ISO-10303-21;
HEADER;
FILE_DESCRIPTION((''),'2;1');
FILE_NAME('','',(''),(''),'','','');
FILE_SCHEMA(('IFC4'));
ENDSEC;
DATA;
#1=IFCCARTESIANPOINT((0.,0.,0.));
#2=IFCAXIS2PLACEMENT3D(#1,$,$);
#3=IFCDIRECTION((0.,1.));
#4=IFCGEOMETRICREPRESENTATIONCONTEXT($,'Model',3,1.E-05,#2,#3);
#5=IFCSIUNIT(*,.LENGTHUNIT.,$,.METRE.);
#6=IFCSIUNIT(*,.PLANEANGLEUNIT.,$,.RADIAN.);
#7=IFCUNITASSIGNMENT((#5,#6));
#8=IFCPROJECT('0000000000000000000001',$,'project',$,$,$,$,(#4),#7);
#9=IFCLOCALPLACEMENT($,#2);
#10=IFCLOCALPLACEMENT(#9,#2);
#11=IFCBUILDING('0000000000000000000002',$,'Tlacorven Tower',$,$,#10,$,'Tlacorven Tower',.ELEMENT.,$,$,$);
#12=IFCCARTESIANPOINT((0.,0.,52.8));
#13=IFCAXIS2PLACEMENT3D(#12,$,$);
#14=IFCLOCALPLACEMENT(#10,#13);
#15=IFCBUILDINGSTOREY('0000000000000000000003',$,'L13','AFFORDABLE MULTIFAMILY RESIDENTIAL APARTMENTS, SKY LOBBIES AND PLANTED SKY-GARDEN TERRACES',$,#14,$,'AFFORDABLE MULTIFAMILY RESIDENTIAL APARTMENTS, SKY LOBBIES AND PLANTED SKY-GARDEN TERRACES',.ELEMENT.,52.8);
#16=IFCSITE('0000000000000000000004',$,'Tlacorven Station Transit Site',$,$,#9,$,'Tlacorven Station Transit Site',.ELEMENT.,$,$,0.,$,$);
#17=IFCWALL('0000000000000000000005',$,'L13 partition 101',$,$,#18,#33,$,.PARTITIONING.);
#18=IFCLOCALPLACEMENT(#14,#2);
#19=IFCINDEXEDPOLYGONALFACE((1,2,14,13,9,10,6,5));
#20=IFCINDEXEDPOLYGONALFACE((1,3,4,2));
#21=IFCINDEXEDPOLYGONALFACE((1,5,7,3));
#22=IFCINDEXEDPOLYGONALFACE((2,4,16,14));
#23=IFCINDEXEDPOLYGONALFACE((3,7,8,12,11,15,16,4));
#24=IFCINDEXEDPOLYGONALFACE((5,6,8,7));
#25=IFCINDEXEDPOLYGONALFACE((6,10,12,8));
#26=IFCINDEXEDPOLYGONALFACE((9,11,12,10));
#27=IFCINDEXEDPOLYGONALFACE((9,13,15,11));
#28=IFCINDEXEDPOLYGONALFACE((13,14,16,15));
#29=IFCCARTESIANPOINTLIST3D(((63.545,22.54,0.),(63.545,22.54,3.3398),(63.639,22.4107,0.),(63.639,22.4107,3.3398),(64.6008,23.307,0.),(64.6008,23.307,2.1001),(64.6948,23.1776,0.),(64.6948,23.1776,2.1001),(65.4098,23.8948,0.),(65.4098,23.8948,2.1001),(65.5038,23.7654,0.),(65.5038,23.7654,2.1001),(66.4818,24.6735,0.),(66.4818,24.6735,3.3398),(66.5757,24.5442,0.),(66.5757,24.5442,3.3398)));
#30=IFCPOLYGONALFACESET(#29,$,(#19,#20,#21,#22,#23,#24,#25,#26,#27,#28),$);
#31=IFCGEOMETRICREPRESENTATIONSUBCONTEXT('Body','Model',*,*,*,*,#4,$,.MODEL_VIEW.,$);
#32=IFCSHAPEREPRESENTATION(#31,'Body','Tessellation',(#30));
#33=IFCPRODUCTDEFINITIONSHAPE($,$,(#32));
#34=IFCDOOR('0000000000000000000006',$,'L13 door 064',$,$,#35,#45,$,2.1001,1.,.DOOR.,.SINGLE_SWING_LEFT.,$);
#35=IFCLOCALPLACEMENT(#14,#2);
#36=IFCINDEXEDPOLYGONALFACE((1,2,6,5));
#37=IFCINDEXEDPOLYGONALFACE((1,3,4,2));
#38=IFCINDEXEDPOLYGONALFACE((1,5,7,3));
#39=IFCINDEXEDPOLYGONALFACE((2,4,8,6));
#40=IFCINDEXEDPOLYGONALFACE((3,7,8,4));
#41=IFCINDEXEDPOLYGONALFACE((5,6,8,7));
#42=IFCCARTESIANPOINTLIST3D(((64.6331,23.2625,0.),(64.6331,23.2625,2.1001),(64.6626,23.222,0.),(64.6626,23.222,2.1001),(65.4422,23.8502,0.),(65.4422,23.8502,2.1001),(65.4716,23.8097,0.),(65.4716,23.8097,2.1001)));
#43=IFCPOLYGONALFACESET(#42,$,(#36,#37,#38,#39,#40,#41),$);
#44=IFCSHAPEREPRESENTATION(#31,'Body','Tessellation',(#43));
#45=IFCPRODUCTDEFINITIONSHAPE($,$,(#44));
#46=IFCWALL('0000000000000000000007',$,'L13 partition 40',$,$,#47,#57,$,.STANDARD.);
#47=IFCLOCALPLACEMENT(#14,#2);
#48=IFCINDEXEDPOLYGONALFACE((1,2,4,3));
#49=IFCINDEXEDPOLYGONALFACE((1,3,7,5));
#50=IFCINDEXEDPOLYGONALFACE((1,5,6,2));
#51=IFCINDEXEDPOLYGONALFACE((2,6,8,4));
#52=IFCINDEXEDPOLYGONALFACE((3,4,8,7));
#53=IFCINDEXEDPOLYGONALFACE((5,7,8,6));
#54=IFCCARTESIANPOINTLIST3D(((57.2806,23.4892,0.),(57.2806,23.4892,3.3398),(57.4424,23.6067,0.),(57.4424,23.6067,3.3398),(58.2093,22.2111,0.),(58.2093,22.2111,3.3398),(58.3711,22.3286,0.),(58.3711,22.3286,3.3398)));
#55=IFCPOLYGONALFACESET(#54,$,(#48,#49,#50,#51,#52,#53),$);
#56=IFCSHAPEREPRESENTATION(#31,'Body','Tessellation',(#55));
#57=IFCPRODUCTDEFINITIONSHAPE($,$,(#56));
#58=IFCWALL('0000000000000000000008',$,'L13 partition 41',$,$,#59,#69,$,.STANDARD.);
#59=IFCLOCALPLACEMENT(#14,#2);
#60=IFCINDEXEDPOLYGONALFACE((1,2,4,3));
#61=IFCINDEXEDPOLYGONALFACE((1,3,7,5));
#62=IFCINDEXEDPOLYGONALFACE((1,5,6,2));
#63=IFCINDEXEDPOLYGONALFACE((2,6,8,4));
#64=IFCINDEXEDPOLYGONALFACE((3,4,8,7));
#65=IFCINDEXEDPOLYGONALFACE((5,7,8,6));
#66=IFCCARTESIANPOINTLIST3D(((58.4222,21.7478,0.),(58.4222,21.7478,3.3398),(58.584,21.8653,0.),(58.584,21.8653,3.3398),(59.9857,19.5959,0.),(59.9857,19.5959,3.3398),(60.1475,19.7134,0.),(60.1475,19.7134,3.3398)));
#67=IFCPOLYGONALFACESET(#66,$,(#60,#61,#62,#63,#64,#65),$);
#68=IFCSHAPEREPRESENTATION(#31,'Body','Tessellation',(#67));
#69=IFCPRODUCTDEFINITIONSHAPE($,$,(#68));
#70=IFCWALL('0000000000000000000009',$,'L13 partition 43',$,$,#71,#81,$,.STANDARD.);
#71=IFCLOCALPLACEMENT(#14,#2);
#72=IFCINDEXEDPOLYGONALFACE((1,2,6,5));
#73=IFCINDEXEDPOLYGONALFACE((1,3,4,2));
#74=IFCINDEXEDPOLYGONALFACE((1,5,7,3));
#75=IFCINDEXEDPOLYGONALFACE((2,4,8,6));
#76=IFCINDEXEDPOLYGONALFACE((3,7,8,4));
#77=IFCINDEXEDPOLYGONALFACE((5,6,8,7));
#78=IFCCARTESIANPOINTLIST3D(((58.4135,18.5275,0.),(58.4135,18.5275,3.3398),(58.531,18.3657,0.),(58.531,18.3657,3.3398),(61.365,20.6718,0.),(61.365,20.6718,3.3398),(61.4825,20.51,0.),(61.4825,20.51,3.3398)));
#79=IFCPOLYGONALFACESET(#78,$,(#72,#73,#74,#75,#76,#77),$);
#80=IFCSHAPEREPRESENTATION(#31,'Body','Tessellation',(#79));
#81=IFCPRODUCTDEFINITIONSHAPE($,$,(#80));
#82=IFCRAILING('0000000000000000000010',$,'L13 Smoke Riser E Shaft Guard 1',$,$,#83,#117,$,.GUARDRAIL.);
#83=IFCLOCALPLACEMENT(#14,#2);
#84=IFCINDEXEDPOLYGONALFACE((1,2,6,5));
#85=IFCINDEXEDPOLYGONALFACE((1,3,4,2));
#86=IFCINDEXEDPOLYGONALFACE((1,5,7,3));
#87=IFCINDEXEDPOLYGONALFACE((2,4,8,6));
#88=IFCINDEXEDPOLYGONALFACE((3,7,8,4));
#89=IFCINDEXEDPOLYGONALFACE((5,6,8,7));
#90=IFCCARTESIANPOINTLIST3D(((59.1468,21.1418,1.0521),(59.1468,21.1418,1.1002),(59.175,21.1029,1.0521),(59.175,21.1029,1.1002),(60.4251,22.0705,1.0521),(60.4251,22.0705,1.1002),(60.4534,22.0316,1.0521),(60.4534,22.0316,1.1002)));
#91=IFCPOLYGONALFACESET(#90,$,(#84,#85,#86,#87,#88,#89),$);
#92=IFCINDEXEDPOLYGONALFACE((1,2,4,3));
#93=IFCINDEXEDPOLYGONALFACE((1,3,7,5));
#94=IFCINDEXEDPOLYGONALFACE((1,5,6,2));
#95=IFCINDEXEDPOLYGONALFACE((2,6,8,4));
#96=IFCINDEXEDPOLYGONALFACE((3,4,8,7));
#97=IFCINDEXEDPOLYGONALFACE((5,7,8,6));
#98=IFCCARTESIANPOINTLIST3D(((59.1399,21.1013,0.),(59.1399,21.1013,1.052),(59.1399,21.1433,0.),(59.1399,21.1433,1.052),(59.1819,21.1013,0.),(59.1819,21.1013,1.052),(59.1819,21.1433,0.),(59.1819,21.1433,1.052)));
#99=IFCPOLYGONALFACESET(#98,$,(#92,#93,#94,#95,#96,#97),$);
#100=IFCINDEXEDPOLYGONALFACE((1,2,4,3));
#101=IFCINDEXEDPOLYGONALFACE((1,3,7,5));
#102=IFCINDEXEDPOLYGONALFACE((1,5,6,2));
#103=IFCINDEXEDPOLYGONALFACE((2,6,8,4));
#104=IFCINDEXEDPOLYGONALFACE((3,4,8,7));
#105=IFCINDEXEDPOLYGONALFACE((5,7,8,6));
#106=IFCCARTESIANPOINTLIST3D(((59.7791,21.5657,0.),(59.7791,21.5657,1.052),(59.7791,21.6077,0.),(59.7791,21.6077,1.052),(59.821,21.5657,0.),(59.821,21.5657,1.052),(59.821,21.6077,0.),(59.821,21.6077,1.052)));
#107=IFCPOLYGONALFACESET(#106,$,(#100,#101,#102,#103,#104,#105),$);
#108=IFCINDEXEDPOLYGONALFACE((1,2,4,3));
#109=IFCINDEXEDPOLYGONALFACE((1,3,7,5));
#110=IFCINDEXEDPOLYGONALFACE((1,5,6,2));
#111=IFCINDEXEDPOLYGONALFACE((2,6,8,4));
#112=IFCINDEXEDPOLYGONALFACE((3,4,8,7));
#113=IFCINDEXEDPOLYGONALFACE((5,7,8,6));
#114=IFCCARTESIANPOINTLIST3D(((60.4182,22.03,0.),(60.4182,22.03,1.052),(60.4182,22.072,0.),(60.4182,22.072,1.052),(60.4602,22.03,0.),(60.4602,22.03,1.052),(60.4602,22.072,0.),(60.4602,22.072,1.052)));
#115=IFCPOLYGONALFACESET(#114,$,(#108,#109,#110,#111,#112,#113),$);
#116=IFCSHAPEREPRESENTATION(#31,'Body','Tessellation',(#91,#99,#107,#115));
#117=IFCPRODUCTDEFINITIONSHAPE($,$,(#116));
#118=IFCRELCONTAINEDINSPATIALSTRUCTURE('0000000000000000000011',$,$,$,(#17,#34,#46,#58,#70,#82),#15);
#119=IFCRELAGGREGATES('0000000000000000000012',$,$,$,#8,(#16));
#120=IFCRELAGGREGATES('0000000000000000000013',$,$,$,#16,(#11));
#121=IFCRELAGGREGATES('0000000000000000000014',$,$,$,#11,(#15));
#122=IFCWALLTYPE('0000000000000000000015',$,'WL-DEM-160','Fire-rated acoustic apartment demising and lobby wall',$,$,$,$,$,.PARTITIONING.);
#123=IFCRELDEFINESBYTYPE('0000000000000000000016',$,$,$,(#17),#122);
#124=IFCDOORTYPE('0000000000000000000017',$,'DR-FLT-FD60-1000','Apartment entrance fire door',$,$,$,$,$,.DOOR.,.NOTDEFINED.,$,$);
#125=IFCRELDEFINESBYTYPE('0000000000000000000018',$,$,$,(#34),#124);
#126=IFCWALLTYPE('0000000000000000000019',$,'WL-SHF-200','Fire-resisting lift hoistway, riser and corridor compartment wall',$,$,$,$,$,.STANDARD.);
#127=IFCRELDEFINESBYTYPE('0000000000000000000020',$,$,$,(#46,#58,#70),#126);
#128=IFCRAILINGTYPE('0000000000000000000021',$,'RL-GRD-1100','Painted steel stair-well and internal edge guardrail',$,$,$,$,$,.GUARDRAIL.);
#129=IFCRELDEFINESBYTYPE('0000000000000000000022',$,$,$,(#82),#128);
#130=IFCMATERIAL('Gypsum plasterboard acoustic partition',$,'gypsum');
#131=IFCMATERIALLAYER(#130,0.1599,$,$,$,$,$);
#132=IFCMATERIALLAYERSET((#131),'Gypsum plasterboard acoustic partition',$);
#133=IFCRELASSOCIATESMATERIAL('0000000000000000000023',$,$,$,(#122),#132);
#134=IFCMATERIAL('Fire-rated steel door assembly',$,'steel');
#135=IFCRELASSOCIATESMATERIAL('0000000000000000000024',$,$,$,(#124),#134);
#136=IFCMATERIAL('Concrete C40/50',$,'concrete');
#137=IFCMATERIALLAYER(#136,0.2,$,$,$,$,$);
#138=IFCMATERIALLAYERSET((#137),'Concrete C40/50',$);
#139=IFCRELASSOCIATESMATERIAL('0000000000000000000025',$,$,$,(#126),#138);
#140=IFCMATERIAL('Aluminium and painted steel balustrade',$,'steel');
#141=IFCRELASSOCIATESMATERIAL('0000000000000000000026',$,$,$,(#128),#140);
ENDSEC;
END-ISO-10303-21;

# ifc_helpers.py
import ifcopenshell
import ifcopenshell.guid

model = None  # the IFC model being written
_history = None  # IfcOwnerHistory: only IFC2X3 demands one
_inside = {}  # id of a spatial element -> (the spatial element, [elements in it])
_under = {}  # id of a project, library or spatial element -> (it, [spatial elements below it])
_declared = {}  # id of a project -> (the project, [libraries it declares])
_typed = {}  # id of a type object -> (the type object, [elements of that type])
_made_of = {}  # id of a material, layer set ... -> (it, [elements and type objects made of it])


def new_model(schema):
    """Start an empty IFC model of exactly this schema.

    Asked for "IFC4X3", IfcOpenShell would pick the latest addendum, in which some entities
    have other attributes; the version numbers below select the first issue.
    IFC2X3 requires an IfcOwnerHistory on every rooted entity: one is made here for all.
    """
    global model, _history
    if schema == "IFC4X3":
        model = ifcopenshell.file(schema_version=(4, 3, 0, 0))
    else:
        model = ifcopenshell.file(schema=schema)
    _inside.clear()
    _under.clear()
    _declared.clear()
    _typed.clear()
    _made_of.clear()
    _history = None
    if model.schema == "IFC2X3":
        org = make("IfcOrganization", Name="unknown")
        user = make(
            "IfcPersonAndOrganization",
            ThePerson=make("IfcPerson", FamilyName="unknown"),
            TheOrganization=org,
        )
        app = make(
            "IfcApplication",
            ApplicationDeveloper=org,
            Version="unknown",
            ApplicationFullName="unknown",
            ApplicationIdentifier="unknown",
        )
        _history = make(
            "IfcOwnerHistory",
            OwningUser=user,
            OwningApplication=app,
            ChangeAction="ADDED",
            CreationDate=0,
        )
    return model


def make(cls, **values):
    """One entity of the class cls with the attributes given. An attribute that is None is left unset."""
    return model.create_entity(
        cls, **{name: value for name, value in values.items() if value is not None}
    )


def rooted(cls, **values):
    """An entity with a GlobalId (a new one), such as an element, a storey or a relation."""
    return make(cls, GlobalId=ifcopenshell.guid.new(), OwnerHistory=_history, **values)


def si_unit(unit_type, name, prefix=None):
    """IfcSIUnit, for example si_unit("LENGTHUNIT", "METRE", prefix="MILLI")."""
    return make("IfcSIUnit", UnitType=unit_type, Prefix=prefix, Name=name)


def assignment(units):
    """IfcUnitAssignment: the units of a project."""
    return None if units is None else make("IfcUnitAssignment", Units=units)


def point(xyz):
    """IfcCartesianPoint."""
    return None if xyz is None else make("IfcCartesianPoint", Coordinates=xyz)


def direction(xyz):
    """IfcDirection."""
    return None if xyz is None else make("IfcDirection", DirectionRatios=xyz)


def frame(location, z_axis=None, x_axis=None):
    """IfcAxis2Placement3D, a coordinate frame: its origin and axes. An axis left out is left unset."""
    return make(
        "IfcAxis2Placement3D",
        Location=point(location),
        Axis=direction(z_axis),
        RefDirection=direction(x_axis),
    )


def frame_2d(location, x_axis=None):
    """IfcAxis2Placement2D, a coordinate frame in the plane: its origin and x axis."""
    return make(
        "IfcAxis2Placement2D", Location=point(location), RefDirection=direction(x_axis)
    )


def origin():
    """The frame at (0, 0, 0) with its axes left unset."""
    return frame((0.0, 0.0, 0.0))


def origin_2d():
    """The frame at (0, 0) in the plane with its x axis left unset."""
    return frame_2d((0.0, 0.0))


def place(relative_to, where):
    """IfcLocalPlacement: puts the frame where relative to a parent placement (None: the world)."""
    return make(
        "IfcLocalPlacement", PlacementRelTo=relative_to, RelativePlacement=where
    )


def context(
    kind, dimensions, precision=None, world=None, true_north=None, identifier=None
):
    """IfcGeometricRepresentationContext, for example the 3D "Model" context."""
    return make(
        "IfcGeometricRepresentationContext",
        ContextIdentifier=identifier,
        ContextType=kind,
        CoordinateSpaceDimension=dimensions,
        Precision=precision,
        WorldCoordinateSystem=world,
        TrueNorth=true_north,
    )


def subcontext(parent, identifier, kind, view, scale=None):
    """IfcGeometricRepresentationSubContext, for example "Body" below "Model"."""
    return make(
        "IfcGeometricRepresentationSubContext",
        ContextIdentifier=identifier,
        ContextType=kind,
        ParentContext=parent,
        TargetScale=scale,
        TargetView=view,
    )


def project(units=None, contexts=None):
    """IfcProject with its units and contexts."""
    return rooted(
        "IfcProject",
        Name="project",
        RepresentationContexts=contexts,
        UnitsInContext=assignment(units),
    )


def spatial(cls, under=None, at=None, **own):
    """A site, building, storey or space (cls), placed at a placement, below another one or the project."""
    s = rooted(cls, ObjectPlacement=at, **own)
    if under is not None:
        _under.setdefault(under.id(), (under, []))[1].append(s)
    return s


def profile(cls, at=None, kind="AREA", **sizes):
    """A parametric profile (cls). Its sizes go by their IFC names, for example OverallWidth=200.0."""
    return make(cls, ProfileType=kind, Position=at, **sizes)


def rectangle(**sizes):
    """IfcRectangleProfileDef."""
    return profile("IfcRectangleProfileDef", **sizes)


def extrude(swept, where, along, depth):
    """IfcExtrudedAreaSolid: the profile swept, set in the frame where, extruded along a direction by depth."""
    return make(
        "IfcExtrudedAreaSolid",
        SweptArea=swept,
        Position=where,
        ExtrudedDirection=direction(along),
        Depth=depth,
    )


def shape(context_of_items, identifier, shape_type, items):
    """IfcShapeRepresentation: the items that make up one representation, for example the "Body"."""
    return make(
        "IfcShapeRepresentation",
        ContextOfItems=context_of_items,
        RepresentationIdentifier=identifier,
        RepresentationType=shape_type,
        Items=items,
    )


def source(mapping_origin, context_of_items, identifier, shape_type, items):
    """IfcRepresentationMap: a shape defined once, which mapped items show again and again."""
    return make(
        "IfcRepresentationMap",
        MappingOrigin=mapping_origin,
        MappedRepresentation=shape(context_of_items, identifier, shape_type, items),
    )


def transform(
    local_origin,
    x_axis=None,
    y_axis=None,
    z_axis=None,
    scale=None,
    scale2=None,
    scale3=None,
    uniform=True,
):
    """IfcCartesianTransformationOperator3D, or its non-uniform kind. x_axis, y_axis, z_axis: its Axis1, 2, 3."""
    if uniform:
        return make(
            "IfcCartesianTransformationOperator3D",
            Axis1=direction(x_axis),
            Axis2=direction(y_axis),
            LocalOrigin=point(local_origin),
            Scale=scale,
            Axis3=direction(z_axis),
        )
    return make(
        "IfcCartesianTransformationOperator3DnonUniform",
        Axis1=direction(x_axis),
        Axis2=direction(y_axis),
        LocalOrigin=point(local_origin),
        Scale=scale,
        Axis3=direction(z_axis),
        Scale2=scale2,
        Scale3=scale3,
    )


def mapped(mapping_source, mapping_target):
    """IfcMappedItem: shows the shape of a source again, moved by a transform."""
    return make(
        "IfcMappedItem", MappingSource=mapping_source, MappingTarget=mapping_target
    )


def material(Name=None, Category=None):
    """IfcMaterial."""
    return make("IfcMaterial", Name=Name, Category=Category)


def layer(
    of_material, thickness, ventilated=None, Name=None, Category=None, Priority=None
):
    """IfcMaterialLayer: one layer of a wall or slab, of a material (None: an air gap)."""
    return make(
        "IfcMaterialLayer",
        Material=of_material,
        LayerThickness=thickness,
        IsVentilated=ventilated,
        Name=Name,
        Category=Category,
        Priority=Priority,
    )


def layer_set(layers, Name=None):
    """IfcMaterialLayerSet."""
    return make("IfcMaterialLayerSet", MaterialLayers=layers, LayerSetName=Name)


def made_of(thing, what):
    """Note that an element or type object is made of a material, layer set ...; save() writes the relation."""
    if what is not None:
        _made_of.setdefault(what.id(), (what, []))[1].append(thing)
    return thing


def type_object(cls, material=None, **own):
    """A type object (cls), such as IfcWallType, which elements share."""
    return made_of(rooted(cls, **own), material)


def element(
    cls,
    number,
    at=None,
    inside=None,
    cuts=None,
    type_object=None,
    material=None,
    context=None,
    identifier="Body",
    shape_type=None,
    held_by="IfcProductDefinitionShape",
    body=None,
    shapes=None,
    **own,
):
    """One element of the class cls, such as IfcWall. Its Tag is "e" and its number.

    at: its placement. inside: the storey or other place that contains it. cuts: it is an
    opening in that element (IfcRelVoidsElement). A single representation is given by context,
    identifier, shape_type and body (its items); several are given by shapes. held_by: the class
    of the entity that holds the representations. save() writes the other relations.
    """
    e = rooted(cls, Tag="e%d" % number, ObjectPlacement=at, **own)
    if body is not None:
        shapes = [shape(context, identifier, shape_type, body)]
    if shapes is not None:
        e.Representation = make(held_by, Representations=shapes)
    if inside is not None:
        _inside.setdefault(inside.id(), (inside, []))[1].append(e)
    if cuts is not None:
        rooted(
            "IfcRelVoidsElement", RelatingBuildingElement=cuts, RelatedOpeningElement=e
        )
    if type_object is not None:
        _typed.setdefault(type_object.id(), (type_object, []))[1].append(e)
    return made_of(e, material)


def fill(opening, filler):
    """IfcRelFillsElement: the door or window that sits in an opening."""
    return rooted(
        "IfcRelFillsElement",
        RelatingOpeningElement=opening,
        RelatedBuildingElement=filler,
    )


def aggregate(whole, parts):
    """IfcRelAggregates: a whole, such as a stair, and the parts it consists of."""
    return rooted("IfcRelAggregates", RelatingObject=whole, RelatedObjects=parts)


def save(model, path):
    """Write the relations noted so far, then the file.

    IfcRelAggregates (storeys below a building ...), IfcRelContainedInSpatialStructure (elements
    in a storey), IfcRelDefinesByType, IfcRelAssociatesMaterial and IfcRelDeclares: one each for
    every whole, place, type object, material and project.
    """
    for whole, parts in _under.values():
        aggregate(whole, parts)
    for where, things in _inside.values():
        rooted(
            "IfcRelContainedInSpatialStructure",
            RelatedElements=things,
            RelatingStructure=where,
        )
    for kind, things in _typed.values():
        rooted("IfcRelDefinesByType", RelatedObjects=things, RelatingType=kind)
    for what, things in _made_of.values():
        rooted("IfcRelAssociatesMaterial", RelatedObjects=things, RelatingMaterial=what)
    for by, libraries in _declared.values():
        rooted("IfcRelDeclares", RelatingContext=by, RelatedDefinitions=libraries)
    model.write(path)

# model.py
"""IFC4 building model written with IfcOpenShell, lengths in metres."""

from ifc_helpers import new_model, si_unit, direction, frame, frame_2d, origin, origin_2d, place, context, subcontext, project, spatial, rectangle, extrude, source, transform, mapped, material, layer, layer_set, type_object, element, fill, save


model = new_model("IFC4")

# Units and contexts
model_context = context("Model", 3, precision=1e-05, world=origin(), true_north=direction((0.0, 1.0)))
body_context = subcontext(model_context, "Body", "Model", "MODEL_VIEW")
ifc_project = project(units=[si_unit("LENGTHUNIT", "METRE"), si_unit("PLANEANGLEUNIT", "RADIAN")], contexts=[model_context])

# Site, building, storey
site_placement = place(None, origin())
site = spatial("IfcSite", under=ifc_project, at=site_placement, Name="Tlacorven Station Transit Site", LongName="Tlacorven Station Transit Site", CompositionType="ELEMENT", RefElevation=0.0)
building_placement = place(site_placement, origin())
building = spatial("IfcBuilding", under=site, at=building_placement, Name="Tlacorven Tower", LongName="Tlacorven Tower", CompositionType="ELEMENT")
storey_placement = place(building_placement, frame((0.0, 0.0, 52.8)))
storey = spatial("IfcBuildingStorey", under=building, at=storey_placement, Name="L13", Description="AFFORDABLE MULTIFAMILY RESIDENTIAL APARTMENTS, SKY LOBBIES AND PLANTED SKY-GARDEN TERRACES", LongName="AFFORDABLE MULTIFAMILY RESIDENTIAL APARTMENTS, SKY LOBBIES AND PLANTED SKY-GARDEN TERRACES", CompositionType="ELEMENT", Elevation=52.8)

# Wall, opening, door
ifc_material_1 = material(Name="Gypsum plasterboard acoustic partition", Category="gypsum")
ifc_layer_1 = layer(ifc_material_1, 0.1599)
ifc_layer_set_1 = layer_set([ifc_layer_1], Name="Gypsum plasterboard acoustic partition")
wall_type_1 = type_object("IfcWallType", Name="WL-DEM-160", Description="Fire-rated acoustic apartment demising and lobby wall", PredefinedType="PARTITIONING", material=ifc_layer_set_1)
wall_1_placement = place(storey_placement, frame((63.592, 22.4753, 0.0), z_axis=(0.0, 0.0, 1.0), x_axis=(0.809036, 0.58776, 0.0)))
wall_1 = element("IfcWall", 1, at=wall_1_placement, inside=storey, type_object=wall_type_1, Name="L13 partition 101", PredefinedType="PARTITIONING", context=body_context, shape_type="SweptSolid", body=[
    extrude(rectangle(XDim=3.6299, YDim=0.1599, at=frame_2d((1.8149, 0.0))), origin(), (0.0, 0.0, 1.0), 3.3398),
])
opening_placement = place(wall_1_placement, frame((1.3049, 0.0, 0.0)))
opening = element("IfcOpeningElement", 2, at=opening_placement, cuts=wall_1, PredefinedType="OPENING", context=body_context, shape_type="SweptSolid", body=[
    extrude(rectangle(XDim=1.0, YDim=2.1001, at=frame_2d((0.5, 1.05))), frame((0.0, 0.0898, 0.0), z_axis=(0.0, -1.0, 0.0), x_axis=(1.0, 0.0, 0.0)), (0.0, 0.0, 1.0), 0.1799),
])
ifc_material_2 = material(Name="Fire-rated steel door assembly", Category="steel")
door_type = type_object("IfcDoorType", Name="DR-FLT-FD60-1000", Description="Apartment entrance fire door", OperationType="NOTDEFINED", PredefinedType="DOOR", material=ifc_material_2)
shared_shape_1 = source(origin(), body_context, "Body", "SweptSolid", [
    extrude(rectangle(XDim=1.0, YDim=2.1001, at=frame_2d((0.5, 1.05))), frame((0.0, 0.0249, 0.0), z_axis=(0.0, -1.0, 0.0), x_axis=(1.0, 0.0, 0.0)), (0.0, 0.0, 1.0), 0.05),
])
door_placement = place(opening_placement, origin())
door = element("IfcDoor", 3, at=door_placement, inside=storey, type_object=door_type, Name="L13 door 064", OperationType="SINGLE_SWING_LEFT", OverallHeight=2.1001, OverallWidth=1.0, PredefinedType="DOOR", context=body_context, shape_type="MappedRepresentation", body=[
    mapped(shared_shape_1, transform((0.0, 0.0, 0.0), scale=1.0)),
])
fill(opening, door)

# Walls
ifc_material_3 = material(Name="Concrete C40/50", Category="concrete")
ifc_layer_2 = layer(ifc_material_3, 0.2)
ifc_layer_set_2 = layer_set([ifc_layer_2], Name="Concrete C40/50")
wall_type_2 = type_object("IfcWallType", Name="WL-SHF-200", Description="Fire-resisting lift hoistway, riser and corridor compartment wall", PredefinedType="STANDARD", material=ifc_layer_set_2)
wall_2_placement = place(storey_placement, frame((58.2903, 22.2698, 0.0), z_axis=(0.0, 0.0, 1.0), x_axis=(-0.587841, 0.808977, 0.0)))
element("IfcWall", 4, at=wall_2_placement, inside=storey, type_object=wall_type_2, Name="L13 partition 40", PredefinedType="STANDARD", context=body_context, shape_type="SweptSolid", body=[
    extrude(rectangle(XDim=1.5798, YDim=0.2, at=frame_2d((0.79, 0.0))), origin(), (0.0, 0.0, 1.0), 3.3398),
])
wall_3_placement = place(storey_placement, frame((60.0667, 19.6545, 0.0), z_axis=(0.0, 0.0, 1.0), x_axis=(-0.587801, 0.809006, 0.0)))
element("IfcWall", 5, at=wall_3_placement, inside=storey, type_object=wall_type_2, Name="L13 partition 41", PredefinedType="STANDARD", context=body_context, shape_type="SweptSolid", body=[
    extrude(rectangle(XDim=2.6599, YDim=0.2, at=frame_2d((1.3301, 0.0))), origin(), (0.0, 0.0, 1.0), 3.3398),
])
wall_4_placement = place(storey_placement, frame((58.4722, 18.4465, 0.0), z_axis=(0.0, 0.0, 1.0), x_axis=(0.809022, 0.587778, 0.0)))
element("IfcWall", 6, at=wall_4_placement, inside=storey, type_object=wall_type_2, Name="L13 partition 43", PredefinedType="STANDARD", context=body_context, shape_type="SweptSolid", body=[
    extrude(rectangle(XDim=3.6482, YDim=0.2, at=frame_2d((1.8242, 0.0))), origin(), (0.0, 0.0, 1.0), 3.3398),
])

# Railing
ifc_material_4 = material(Name="Aluminium and painted steel balustrade", Category="steel")
railing_type = type_object("IfcRailingType", Name="RL-GRD-1100", Description="Painted steel stair-well and internal edge guardrail", PredefinedType="GUARDRAIL", material=ifc_material_4)
shared_shape_2 = source(origin(), body_context, "Body", "SweptSolid", [
    extrude(rectangle(XDim=0.0481, YDim=0.0481, at=origin_2d()), frame((0.0, 0.0, 1.0762), z_axis=(0.80903, 0.587767, 0.0), x_axis=(-0.587767, 0.80903, 0.0)), (0.0, 0.0, 1.0), 1.5801),
    extrude(rectangle(XDim=0.042, YDim=0.042, at=origin_2d()), origin(), (0.0, 0.0, 1.0), 1.052),
    extrude(rectangle(XDim=0.042, YDim=0.042, at=origin_2d()), frame((0.6392, 0.4644, 0.0)), (0.0, 0.0, 1.0), 1.052),
    extrude(rectangle(XDim=0.042, YDim=0.042, at=origin_2d()), frame((1.2783, 0.9287, 0.0)), (0.0, 0.0, 1.0), 1.052),
])
railing_placement = place(storey_placement, frame((59.1609, 21.1223, 0.0)))
element("IfcRailing", 7, at=railing_placement, inside=storey, type_object=railing_type, Name="L13 Smoke Riser E Shaft Guard 1", PredefinedType="GUARDRAIL", context=body_context, shape_type="MappedRepresentation", body=[
    mapped(shared_shape_2, transform((0.0, 0.0, 0.0), scale=1.0)),
])

save(model, "model.ifc")
